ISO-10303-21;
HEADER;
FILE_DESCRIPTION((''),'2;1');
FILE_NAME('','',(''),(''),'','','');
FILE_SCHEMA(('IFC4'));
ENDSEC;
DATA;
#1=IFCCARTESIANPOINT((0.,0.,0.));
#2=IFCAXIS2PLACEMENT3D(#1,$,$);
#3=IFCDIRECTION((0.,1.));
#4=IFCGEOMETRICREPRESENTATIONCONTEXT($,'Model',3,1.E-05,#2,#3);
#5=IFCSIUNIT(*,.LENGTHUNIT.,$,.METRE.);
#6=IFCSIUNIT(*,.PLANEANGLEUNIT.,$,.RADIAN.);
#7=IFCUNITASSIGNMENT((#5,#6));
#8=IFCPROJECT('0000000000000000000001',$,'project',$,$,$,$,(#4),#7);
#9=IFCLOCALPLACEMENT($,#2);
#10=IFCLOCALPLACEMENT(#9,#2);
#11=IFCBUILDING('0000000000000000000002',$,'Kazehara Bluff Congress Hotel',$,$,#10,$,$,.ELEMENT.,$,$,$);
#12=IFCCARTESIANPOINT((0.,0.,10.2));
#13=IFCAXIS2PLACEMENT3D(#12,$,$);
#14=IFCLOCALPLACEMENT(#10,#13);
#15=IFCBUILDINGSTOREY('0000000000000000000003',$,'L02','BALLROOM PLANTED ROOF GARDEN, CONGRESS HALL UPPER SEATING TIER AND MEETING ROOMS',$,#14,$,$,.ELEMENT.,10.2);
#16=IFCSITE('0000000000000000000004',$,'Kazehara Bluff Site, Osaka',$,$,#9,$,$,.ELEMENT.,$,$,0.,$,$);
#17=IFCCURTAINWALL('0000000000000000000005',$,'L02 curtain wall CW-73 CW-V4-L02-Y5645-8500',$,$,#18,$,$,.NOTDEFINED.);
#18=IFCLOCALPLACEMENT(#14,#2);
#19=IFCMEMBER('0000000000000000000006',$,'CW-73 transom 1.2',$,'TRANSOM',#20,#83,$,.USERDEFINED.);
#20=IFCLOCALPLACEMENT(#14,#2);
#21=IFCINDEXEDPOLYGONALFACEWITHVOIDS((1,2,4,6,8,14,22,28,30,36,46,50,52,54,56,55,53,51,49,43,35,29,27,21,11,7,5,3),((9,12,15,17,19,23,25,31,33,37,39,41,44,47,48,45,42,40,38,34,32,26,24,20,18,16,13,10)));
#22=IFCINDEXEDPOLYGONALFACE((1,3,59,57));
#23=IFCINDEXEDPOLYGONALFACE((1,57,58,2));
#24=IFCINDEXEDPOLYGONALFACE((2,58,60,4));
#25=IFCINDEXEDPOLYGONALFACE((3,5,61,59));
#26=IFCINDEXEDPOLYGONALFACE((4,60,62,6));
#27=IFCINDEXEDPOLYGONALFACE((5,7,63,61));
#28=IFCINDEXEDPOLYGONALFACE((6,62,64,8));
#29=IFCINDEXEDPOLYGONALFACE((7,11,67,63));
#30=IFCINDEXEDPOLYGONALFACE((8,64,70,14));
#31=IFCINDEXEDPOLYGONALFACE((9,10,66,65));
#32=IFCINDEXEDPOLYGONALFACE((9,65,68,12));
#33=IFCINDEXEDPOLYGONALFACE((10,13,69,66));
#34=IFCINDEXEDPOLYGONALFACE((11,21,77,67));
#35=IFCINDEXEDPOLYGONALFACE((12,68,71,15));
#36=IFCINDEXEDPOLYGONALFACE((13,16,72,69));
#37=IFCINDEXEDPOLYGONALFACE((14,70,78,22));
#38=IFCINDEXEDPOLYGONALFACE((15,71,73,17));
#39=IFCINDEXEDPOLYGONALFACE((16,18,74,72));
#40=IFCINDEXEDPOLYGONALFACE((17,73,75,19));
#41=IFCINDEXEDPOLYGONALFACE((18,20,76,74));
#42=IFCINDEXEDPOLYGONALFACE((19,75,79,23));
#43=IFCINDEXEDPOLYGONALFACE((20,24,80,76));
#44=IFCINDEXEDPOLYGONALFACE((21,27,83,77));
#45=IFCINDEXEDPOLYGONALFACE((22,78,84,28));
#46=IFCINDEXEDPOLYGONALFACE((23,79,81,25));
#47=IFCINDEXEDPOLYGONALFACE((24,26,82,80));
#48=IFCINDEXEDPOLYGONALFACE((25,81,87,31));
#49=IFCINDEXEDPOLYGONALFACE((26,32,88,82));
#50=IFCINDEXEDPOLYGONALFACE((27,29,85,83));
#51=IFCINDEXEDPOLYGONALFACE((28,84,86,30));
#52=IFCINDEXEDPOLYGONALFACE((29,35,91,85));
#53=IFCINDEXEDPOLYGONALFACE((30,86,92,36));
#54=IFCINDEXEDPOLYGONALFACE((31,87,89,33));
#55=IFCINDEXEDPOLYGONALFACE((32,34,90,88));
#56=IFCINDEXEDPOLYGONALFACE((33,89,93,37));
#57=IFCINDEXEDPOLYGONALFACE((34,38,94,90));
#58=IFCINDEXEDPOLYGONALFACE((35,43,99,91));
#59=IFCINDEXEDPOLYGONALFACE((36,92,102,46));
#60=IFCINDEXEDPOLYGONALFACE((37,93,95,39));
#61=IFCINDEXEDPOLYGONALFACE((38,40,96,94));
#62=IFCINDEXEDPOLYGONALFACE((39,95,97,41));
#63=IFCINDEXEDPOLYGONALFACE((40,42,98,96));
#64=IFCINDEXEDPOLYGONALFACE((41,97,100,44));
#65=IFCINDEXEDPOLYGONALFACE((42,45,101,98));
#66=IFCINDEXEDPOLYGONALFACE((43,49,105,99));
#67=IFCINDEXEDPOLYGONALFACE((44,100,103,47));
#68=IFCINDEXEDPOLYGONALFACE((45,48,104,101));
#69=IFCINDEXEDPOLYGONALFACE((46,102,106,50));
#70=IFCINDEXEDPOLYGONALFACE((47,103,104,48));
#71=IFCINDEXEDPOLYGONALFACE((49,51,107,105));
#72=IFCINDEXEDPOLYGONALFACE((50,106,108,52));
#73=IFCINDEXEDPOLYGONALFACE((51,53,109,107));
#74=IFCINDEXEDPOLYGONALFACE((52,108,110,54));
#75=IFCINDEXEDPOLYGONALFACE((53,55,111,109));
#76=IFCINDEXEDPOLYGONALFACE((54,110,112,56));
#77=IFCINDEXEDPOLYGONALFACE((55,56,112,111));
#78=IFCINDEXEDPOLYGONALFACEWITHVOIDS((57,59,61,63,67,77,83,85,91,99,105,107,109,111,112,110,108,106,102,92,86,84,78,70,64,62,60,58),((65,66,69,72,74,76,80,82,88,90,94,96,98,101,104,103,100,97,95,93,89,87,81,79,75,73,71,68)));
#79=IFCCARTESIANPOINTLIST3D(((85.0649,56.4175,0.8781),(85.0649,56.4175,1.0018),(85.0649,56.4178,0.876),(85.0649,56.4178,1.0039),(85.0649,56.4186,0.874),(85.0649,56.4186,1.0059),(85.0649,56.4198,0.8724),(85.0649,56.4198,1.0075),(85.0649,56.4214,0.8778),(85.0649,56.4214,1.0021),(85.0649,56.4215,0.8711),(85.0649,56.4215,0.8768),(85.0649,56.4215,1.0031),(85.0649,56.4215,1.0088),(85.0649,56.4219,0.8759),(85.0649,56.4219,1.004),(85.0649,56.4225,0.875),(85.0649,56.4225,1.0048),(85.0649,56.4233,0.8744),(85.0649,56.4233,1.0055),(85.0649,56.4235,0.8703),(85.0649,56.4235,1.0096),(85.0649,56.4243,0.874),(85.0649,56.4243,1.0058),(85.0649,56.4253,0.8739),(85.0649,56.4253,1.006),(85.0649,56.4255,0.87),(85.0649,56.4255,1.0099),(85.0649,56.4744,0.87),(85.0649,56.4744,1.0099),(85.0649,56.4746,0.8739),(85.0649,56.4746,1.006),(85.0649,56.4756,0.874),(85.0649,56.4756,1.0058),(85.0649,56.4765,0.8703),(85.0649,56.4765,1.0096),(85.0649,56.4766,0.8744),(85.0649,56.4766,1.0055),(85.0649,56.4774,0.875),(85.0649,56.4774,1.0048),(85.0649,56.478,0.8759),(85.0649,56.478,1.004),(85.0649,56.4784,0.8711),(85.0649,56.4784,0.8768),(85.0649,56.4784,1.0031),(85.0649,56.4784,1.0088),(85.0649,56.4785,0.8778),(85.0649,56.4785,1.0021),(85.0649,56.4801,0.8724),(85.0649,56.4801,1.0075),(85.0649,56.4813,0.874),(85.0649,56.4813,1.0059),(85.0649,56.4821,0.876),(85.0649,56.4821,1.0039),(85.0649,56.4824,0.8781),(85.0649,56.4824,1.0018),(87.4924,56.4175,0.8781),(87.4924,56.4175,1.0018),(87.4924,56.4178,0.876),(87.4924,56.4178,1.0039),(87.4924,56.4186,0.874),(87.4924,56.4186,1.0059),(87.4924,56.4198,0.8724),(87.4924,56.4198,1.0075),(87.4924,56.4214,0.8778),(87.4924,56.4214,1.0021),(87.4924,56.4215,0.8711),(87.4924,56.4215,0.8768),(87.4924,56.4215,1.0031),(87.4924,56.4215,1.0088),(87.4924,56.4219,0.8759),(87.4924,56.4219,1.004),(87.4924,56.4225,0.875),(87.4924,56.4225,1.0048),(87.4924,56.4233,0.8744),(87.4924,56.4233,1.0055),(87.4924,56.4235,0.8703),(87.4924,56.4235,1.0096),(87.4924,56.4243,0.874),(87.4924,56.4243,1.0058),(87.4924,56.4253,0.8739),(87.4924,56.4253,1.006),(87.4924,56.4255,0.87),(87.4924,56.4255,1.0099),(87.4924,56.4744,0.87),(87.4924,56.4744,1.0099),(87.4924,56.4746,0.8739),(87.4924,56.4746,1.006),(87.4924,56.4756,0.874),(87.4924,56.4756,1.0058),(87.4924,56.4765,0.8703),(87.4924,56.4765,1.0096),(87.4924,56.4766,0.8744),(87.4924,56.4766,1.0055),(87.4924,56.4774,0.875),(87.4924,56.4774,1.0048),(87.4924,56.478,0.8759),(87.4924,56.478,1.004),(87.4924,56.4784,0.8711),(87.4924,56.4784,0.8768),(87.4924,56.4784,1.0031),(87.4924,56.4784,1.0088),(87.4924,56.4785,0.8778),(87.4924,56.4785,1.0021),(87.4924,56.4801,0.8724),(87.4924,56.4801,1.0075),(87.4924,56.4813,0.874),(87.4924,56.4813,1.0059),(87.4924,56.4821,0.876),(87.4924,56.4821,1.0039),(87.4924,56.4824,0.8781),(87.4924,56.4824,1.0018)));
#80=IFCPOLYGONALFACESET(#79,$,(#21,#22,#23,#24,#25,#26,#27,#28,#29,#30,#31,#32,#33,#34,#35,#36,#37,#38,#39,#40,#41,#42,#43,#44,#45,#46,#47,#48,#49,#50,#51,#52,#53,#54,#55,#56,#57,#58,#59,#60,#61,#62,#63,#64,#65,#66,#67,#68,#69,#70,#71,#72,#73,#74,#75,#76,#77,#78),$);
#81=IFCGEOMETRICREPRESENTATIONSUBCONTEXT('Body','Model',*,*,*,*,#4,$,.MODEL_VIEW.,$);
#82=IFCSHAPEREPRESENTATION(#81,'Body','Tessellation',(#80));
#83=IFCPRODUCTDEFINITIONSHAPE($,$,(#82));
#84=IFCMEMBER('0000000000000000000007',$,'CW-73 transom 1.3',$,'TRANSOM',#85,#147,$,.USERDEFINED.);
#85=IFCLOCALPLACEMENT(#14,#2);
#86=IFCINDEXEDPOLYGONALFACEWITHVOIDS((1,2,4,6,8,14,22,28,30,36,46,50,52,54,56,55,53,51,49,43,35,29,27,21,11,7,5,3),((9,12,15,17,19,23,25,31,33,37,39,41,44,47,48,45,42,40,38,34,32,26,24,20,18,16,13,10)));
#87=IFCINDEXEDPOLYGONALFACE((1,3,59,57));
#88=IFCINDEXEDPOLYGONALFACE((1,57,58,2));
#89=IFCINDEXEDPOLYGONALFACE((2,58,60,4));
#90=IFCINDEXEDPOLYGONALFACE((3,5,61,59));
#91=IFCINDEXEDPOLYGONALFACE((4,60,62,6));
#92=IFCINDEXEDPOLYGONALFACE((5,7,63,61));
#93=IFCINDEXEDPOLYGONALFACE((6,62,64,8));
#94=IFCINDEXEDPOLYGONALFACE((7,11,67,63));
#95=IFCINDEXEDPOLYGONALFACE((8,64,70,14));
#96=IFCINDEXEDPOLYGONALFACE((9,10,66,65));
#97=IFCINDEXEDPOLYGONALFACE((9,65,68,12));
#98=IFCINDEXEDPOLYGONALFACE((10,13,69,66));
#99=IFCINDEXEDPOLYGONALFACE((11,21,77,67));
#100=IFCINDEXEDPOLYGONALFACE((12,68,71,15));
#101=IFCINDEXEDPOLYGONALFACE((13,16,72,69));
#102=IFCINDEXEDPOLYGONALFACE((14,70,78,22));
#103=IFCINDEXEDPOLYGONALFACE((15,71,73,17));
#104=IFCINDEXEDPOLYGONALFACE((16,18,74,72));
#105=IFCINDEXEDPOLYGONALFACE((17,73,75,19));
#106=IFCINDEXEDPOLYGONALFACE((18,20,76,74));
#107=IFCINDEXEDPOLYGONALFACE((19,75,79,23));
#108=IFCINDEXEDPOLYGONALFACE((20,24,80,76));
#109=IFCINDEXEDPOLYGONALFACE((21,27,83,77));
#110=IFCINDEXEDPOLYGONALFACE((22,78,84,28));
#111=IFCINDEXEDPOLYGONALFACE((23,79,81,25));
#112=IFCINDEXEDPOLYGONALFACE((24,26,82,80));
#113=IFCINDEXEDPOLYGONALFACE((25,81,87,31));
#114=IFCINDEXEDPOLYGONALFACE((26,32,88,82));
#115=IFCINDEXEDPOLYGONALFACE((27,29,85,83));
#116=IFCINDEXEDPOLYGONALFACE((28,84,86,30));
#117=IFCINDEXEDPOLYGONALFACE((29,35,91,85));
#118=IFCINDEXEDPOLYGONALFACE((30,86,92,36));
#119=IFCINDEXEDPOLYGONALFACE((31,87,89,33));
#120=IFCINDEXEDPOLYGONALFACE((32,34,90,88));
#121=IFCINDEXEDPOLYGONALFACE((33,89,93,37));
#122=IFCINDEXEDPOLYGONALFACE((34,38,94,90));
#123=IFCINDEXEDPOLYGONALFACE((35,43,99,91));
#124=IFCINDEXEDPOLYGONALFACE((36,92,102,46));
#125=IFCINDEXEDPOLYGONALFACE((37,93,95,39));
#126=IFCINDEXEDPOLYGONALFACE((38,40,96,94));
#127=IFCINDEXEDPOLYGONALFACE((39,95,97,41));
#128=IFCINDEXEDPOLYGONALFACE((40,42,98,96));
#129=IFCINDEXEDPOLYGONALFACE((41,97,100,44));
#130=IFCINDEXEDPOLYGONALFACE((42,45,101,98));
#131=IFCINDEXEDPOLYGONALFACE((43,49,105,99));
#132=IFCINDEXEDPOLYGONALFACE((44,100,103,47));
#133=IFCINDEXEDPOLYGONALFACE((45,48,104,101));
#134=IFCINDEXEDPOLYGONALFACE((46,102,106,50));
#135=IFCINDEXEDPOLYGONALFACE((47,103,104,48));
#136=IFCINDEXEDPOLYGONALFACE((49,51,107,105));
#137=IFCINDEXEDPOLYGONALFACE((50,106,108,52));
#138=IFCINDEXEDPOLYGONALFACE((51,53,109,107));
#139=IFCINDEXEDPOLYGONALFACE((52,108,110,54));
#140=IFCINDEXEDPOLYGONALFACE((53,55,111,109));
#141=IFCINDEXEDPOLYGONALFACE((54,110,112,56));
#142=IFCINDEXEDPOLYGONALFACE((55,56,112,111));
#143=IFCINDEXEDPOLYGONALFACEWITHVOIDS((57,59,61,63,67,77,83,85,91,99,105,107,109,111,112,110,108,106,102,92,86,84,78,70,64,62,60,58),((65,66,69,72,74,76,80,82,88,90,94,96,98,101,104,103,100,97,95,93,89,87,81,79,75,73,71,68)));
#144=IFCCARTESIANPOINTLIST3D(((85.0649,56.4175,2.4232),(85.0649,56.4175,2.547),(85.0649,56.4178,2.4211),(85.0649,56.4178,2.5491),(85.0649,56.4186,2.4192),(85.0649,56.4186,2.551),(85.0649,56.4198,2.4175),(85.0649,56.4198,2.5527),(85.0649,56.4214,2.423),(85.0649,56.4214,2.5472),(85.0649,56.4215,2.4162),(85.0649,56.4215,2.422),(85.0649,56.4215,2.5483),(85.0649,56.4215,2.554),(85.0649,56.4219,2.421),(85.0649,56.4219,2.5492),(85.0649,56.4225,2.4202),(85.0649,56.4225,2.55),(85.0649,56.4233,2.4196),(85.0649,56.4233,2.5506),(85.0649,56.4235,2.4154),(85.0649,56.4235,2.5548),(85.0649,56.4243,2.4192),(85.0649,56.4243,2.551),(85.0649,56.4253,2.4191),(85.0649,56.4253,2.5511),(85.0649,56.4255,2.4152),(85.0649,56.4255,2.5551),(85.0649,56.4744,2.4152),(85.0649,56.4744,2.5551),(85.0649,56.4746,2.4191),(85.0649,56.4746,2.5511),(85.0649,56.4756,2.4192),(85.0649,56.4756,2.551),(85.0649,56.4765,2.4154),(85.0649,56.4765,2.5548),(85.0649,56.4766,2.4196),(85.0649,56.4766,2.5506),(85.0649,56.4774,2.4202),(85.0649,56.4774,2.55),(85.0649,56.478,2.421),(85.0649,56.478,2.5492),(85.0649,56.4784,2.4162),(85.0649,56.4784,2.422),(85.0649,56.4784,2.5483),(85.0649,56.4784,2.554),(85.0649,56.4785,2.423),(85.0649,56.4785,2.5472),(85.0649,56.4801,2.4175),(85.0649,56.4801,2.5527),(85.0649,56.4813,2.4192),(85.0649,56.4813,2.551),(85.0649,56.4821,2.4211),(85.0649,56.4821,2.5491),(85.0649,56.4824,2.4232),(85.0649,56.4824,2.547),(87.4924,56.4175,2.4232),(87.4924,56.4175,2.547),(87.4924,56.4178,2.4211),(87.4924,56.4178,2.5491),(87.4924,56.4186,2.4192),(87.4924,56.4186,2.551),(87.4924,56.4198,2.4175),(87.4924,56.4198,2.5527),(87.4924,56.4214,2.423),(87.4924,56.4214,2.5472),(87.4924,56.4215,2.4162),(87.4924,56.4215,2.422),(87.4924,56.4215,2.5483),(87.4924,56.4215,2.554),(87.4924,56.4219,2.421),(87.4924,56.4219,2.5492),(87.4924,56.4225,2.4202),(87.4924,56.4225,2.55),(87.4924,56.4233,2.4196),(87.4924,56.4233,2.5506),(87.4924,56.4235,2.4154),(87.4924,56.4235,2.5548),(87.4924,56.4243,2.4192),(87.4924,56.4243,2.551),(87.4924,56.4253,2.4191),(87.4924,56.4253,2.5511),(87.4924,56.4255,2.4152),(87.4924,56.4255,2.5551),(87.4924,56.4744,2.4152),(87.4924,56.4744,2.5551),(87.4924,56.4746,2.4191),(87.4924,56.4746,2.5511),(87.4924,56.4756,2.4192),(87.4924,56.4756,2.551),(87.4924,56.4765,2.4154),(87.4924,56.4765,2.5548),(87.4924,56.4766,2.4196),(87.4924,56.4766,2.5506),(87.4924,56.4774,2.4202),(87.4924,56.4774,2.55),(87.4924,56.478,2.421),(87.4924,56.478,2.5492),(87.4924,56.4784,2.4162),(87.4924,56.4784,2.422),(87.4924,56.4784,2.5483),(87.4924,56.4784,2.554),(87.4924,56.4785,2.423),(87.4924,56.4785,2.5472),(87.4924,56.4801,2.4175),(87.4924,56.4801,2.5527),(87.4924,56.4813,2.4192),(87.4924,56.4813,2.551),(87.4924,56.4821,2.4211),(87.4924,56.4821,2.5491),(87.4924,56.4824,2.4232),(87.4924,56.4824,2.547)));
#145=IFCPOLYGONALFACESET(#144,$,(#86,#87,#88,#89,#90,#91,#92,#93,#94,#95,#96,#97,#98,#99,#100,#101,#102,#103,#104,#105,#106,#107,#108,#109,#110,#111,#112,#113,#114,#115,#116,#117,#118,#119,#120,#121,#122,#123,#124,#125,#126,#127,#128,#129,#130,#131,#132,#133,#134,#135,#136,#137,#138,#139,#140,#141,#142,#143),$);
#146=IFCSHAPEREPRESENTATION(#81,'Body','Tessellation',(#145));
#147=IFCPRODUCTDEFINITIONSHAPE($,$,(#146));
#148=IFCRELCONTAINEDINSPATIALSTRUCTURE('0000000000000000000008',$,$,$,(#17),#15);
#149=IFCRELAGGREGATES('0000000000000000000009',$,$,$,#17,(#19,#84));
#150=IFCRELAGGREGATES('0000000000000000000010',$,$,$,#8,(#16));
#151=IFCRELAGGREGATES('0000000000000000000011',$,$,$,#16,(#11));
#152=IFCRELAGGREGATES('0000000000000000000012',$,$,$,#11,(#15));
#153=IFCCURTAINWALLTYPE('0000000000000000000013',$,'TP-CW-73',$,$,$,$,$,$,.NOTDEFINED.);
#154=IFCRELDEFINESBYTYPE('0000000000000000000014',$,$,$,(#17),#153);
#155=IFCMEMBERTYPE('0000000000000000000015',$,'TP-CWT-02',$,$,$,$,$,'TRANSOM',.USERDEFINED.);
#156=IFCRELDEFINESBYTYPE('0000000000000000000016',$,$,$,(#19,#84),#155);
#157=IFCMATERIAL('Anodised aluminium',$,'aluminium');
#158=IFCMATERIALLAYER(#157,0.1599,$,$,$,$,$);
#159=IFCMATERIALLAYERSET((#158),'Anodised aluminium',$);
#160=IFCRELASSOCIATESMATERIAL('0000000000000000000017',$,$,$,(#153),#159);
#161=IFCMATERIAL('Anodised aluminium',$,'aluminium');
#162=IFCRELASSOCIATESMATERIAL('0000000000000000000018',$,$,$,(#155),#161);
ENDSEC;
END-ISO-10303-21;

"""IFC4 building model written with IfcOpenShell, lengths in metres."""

from ifc_helpers import new_model, si_unit, direction, frame, origin, origin_2d, place, context, subcontext, project, spatial, hollow_rectangle, extrude, material, layer, layer_set, material_profile, profile_set, type_object, element, aggregate, save


model = new_model("IFC4")

# Units and contexts
model_context = context("Model", 3, precision=1e-05, world=origin(), true_north=direction((0.0, 1.0)))
body_context = subcontext(model_context, "Body", "Model", "MODEL_VIEW")
ifc_project = project(units=[si_unit("LENGTHUNIT", "METRE"), si_unit("PLANEANGLEUNIT", "RADIAN")], contexts=[model_context])

# Site, building, storey
site_placement = place(None, origin())
site = spatial("IfcSite", under=ifc_project, at=site_placement, Name="Kazehara Bluff Site, Osaka", CompositionType="ELEMENT", RefElevation=0.0)
building_placement = place(site_placement, origin())
building = spatial("IfcBuilding", under=site, at=building_placement, Name="Kazehara Bluff Congress Hotel", CompositionType="ELEMENT")
storey_placement = place(building_placement, frame((0.0, 0.0, 10.2)))
storey = spatial("IfcBuildingStorey", under=building, at=storey_placement, Name="L02", Description="BALLROOM PLANTED ROOF GARDEN, CONGRESS HALL UPPER SEATING TIER AND MEETING ROOMS", CompositionType="ELEMENT", Elevation=10.2)

# Curtain wall, members
ifc_material_1 = material(Name="Anodised aluminium", Category="aluminium")
ifc_layer_1 = layer(ifc_material_1, 0.1599)
ifc_layer_set_1 = layer_set([ifc_layer_1], Name="Anodised aluminium")
curtain_wall_type = type_object("IfcCurtainWallType", Name="TP-CW-73", PredefinedType="NOTDEFINED", material=ifc_layer_set_1)
curtain_wall_placement = place(storey_placement, origin())
curtain_wall = element("IfcCurtainWall", 1, at=curtain_wall_placement, inside=storey, type_object=curtain_wall_type, Name="L02 curtain wall CW-73 CW-V4-L02-Y5645-8500", PredefinedType="NOTDEFINED")
ifc_material_2 = material(Name="Anodised aluminium", Category="aluminium")
ifc_material_profile_1 = material_profile(ifc_material_2, hollow_rectangle(XDim=0.0649, YDim=0.1399, WallThickness=0.0039, InnerFilletRadius=0.0039, OuterFilletRadius=0.0081, at=origin_2d()))
ifc_profile_set_1 = profile_set([ifc_material_profile_1], Name="Anodised aluminium")
member_type_1 = type_object("IfcMemberType", Name="TP-CWT-02", ElementType="TRANSOM", PredefinedType="USERDEFINED", material=ifc_profile_set_1)
member_1_placement = place(storey_placement, frame((85.0649, 56.45, 0.9399), z_axis=(1.0, 0.0, 0.0), x_axis=(0.0, 1.0, 0.0)))
member_1 = element("IfcMember", 2, at=member_1_placement, type_object=member_type_1, Name="CW-73 transom 1.2", ObjectType="TRANSOM", PredefinedType="USERDEFINED", context=body_context, shape_type="SweptSolid", body=[
    extrude(hollow_rectangle(XDim=0.0649, YDim=0.1399, WallThickness=0.0039, InnerFilletRadius=0.0039, OuterFilletRadius=0.0081, at=origin_2d()), origin(), (0.0, 0.0, 1.0), 2.4275),
])
member_2_placement = place(storey_placement, frame((85.0649, 56.45, 2.4851), z_axis=(1.0, 0.0, 0.0), x_axis=(0.0, 1.0, 0.0)))
member_2 = element("IfcMember", 3, at=member_2_placement, type_object=member_type_1, Name="CW-73 transom 1.3", ObjectType="TRANSOM", PredefinedType="USERDEFINED", context=body_context, shape_type="SweptSolid", body=[
    extrude(hollow_rectangle(XDim=0.0649, YDim=0.1399, WallThickness=0.0039, InnerFilletRadius=0.0039, OuterFilletRadius=0.0081, at=origin_2d()), origin(), (0.0, 0.0, 1.0), 2.4275),
])
aggregate(curtain_wall, [member_1, member_2])

save(model, "model.ifc")
